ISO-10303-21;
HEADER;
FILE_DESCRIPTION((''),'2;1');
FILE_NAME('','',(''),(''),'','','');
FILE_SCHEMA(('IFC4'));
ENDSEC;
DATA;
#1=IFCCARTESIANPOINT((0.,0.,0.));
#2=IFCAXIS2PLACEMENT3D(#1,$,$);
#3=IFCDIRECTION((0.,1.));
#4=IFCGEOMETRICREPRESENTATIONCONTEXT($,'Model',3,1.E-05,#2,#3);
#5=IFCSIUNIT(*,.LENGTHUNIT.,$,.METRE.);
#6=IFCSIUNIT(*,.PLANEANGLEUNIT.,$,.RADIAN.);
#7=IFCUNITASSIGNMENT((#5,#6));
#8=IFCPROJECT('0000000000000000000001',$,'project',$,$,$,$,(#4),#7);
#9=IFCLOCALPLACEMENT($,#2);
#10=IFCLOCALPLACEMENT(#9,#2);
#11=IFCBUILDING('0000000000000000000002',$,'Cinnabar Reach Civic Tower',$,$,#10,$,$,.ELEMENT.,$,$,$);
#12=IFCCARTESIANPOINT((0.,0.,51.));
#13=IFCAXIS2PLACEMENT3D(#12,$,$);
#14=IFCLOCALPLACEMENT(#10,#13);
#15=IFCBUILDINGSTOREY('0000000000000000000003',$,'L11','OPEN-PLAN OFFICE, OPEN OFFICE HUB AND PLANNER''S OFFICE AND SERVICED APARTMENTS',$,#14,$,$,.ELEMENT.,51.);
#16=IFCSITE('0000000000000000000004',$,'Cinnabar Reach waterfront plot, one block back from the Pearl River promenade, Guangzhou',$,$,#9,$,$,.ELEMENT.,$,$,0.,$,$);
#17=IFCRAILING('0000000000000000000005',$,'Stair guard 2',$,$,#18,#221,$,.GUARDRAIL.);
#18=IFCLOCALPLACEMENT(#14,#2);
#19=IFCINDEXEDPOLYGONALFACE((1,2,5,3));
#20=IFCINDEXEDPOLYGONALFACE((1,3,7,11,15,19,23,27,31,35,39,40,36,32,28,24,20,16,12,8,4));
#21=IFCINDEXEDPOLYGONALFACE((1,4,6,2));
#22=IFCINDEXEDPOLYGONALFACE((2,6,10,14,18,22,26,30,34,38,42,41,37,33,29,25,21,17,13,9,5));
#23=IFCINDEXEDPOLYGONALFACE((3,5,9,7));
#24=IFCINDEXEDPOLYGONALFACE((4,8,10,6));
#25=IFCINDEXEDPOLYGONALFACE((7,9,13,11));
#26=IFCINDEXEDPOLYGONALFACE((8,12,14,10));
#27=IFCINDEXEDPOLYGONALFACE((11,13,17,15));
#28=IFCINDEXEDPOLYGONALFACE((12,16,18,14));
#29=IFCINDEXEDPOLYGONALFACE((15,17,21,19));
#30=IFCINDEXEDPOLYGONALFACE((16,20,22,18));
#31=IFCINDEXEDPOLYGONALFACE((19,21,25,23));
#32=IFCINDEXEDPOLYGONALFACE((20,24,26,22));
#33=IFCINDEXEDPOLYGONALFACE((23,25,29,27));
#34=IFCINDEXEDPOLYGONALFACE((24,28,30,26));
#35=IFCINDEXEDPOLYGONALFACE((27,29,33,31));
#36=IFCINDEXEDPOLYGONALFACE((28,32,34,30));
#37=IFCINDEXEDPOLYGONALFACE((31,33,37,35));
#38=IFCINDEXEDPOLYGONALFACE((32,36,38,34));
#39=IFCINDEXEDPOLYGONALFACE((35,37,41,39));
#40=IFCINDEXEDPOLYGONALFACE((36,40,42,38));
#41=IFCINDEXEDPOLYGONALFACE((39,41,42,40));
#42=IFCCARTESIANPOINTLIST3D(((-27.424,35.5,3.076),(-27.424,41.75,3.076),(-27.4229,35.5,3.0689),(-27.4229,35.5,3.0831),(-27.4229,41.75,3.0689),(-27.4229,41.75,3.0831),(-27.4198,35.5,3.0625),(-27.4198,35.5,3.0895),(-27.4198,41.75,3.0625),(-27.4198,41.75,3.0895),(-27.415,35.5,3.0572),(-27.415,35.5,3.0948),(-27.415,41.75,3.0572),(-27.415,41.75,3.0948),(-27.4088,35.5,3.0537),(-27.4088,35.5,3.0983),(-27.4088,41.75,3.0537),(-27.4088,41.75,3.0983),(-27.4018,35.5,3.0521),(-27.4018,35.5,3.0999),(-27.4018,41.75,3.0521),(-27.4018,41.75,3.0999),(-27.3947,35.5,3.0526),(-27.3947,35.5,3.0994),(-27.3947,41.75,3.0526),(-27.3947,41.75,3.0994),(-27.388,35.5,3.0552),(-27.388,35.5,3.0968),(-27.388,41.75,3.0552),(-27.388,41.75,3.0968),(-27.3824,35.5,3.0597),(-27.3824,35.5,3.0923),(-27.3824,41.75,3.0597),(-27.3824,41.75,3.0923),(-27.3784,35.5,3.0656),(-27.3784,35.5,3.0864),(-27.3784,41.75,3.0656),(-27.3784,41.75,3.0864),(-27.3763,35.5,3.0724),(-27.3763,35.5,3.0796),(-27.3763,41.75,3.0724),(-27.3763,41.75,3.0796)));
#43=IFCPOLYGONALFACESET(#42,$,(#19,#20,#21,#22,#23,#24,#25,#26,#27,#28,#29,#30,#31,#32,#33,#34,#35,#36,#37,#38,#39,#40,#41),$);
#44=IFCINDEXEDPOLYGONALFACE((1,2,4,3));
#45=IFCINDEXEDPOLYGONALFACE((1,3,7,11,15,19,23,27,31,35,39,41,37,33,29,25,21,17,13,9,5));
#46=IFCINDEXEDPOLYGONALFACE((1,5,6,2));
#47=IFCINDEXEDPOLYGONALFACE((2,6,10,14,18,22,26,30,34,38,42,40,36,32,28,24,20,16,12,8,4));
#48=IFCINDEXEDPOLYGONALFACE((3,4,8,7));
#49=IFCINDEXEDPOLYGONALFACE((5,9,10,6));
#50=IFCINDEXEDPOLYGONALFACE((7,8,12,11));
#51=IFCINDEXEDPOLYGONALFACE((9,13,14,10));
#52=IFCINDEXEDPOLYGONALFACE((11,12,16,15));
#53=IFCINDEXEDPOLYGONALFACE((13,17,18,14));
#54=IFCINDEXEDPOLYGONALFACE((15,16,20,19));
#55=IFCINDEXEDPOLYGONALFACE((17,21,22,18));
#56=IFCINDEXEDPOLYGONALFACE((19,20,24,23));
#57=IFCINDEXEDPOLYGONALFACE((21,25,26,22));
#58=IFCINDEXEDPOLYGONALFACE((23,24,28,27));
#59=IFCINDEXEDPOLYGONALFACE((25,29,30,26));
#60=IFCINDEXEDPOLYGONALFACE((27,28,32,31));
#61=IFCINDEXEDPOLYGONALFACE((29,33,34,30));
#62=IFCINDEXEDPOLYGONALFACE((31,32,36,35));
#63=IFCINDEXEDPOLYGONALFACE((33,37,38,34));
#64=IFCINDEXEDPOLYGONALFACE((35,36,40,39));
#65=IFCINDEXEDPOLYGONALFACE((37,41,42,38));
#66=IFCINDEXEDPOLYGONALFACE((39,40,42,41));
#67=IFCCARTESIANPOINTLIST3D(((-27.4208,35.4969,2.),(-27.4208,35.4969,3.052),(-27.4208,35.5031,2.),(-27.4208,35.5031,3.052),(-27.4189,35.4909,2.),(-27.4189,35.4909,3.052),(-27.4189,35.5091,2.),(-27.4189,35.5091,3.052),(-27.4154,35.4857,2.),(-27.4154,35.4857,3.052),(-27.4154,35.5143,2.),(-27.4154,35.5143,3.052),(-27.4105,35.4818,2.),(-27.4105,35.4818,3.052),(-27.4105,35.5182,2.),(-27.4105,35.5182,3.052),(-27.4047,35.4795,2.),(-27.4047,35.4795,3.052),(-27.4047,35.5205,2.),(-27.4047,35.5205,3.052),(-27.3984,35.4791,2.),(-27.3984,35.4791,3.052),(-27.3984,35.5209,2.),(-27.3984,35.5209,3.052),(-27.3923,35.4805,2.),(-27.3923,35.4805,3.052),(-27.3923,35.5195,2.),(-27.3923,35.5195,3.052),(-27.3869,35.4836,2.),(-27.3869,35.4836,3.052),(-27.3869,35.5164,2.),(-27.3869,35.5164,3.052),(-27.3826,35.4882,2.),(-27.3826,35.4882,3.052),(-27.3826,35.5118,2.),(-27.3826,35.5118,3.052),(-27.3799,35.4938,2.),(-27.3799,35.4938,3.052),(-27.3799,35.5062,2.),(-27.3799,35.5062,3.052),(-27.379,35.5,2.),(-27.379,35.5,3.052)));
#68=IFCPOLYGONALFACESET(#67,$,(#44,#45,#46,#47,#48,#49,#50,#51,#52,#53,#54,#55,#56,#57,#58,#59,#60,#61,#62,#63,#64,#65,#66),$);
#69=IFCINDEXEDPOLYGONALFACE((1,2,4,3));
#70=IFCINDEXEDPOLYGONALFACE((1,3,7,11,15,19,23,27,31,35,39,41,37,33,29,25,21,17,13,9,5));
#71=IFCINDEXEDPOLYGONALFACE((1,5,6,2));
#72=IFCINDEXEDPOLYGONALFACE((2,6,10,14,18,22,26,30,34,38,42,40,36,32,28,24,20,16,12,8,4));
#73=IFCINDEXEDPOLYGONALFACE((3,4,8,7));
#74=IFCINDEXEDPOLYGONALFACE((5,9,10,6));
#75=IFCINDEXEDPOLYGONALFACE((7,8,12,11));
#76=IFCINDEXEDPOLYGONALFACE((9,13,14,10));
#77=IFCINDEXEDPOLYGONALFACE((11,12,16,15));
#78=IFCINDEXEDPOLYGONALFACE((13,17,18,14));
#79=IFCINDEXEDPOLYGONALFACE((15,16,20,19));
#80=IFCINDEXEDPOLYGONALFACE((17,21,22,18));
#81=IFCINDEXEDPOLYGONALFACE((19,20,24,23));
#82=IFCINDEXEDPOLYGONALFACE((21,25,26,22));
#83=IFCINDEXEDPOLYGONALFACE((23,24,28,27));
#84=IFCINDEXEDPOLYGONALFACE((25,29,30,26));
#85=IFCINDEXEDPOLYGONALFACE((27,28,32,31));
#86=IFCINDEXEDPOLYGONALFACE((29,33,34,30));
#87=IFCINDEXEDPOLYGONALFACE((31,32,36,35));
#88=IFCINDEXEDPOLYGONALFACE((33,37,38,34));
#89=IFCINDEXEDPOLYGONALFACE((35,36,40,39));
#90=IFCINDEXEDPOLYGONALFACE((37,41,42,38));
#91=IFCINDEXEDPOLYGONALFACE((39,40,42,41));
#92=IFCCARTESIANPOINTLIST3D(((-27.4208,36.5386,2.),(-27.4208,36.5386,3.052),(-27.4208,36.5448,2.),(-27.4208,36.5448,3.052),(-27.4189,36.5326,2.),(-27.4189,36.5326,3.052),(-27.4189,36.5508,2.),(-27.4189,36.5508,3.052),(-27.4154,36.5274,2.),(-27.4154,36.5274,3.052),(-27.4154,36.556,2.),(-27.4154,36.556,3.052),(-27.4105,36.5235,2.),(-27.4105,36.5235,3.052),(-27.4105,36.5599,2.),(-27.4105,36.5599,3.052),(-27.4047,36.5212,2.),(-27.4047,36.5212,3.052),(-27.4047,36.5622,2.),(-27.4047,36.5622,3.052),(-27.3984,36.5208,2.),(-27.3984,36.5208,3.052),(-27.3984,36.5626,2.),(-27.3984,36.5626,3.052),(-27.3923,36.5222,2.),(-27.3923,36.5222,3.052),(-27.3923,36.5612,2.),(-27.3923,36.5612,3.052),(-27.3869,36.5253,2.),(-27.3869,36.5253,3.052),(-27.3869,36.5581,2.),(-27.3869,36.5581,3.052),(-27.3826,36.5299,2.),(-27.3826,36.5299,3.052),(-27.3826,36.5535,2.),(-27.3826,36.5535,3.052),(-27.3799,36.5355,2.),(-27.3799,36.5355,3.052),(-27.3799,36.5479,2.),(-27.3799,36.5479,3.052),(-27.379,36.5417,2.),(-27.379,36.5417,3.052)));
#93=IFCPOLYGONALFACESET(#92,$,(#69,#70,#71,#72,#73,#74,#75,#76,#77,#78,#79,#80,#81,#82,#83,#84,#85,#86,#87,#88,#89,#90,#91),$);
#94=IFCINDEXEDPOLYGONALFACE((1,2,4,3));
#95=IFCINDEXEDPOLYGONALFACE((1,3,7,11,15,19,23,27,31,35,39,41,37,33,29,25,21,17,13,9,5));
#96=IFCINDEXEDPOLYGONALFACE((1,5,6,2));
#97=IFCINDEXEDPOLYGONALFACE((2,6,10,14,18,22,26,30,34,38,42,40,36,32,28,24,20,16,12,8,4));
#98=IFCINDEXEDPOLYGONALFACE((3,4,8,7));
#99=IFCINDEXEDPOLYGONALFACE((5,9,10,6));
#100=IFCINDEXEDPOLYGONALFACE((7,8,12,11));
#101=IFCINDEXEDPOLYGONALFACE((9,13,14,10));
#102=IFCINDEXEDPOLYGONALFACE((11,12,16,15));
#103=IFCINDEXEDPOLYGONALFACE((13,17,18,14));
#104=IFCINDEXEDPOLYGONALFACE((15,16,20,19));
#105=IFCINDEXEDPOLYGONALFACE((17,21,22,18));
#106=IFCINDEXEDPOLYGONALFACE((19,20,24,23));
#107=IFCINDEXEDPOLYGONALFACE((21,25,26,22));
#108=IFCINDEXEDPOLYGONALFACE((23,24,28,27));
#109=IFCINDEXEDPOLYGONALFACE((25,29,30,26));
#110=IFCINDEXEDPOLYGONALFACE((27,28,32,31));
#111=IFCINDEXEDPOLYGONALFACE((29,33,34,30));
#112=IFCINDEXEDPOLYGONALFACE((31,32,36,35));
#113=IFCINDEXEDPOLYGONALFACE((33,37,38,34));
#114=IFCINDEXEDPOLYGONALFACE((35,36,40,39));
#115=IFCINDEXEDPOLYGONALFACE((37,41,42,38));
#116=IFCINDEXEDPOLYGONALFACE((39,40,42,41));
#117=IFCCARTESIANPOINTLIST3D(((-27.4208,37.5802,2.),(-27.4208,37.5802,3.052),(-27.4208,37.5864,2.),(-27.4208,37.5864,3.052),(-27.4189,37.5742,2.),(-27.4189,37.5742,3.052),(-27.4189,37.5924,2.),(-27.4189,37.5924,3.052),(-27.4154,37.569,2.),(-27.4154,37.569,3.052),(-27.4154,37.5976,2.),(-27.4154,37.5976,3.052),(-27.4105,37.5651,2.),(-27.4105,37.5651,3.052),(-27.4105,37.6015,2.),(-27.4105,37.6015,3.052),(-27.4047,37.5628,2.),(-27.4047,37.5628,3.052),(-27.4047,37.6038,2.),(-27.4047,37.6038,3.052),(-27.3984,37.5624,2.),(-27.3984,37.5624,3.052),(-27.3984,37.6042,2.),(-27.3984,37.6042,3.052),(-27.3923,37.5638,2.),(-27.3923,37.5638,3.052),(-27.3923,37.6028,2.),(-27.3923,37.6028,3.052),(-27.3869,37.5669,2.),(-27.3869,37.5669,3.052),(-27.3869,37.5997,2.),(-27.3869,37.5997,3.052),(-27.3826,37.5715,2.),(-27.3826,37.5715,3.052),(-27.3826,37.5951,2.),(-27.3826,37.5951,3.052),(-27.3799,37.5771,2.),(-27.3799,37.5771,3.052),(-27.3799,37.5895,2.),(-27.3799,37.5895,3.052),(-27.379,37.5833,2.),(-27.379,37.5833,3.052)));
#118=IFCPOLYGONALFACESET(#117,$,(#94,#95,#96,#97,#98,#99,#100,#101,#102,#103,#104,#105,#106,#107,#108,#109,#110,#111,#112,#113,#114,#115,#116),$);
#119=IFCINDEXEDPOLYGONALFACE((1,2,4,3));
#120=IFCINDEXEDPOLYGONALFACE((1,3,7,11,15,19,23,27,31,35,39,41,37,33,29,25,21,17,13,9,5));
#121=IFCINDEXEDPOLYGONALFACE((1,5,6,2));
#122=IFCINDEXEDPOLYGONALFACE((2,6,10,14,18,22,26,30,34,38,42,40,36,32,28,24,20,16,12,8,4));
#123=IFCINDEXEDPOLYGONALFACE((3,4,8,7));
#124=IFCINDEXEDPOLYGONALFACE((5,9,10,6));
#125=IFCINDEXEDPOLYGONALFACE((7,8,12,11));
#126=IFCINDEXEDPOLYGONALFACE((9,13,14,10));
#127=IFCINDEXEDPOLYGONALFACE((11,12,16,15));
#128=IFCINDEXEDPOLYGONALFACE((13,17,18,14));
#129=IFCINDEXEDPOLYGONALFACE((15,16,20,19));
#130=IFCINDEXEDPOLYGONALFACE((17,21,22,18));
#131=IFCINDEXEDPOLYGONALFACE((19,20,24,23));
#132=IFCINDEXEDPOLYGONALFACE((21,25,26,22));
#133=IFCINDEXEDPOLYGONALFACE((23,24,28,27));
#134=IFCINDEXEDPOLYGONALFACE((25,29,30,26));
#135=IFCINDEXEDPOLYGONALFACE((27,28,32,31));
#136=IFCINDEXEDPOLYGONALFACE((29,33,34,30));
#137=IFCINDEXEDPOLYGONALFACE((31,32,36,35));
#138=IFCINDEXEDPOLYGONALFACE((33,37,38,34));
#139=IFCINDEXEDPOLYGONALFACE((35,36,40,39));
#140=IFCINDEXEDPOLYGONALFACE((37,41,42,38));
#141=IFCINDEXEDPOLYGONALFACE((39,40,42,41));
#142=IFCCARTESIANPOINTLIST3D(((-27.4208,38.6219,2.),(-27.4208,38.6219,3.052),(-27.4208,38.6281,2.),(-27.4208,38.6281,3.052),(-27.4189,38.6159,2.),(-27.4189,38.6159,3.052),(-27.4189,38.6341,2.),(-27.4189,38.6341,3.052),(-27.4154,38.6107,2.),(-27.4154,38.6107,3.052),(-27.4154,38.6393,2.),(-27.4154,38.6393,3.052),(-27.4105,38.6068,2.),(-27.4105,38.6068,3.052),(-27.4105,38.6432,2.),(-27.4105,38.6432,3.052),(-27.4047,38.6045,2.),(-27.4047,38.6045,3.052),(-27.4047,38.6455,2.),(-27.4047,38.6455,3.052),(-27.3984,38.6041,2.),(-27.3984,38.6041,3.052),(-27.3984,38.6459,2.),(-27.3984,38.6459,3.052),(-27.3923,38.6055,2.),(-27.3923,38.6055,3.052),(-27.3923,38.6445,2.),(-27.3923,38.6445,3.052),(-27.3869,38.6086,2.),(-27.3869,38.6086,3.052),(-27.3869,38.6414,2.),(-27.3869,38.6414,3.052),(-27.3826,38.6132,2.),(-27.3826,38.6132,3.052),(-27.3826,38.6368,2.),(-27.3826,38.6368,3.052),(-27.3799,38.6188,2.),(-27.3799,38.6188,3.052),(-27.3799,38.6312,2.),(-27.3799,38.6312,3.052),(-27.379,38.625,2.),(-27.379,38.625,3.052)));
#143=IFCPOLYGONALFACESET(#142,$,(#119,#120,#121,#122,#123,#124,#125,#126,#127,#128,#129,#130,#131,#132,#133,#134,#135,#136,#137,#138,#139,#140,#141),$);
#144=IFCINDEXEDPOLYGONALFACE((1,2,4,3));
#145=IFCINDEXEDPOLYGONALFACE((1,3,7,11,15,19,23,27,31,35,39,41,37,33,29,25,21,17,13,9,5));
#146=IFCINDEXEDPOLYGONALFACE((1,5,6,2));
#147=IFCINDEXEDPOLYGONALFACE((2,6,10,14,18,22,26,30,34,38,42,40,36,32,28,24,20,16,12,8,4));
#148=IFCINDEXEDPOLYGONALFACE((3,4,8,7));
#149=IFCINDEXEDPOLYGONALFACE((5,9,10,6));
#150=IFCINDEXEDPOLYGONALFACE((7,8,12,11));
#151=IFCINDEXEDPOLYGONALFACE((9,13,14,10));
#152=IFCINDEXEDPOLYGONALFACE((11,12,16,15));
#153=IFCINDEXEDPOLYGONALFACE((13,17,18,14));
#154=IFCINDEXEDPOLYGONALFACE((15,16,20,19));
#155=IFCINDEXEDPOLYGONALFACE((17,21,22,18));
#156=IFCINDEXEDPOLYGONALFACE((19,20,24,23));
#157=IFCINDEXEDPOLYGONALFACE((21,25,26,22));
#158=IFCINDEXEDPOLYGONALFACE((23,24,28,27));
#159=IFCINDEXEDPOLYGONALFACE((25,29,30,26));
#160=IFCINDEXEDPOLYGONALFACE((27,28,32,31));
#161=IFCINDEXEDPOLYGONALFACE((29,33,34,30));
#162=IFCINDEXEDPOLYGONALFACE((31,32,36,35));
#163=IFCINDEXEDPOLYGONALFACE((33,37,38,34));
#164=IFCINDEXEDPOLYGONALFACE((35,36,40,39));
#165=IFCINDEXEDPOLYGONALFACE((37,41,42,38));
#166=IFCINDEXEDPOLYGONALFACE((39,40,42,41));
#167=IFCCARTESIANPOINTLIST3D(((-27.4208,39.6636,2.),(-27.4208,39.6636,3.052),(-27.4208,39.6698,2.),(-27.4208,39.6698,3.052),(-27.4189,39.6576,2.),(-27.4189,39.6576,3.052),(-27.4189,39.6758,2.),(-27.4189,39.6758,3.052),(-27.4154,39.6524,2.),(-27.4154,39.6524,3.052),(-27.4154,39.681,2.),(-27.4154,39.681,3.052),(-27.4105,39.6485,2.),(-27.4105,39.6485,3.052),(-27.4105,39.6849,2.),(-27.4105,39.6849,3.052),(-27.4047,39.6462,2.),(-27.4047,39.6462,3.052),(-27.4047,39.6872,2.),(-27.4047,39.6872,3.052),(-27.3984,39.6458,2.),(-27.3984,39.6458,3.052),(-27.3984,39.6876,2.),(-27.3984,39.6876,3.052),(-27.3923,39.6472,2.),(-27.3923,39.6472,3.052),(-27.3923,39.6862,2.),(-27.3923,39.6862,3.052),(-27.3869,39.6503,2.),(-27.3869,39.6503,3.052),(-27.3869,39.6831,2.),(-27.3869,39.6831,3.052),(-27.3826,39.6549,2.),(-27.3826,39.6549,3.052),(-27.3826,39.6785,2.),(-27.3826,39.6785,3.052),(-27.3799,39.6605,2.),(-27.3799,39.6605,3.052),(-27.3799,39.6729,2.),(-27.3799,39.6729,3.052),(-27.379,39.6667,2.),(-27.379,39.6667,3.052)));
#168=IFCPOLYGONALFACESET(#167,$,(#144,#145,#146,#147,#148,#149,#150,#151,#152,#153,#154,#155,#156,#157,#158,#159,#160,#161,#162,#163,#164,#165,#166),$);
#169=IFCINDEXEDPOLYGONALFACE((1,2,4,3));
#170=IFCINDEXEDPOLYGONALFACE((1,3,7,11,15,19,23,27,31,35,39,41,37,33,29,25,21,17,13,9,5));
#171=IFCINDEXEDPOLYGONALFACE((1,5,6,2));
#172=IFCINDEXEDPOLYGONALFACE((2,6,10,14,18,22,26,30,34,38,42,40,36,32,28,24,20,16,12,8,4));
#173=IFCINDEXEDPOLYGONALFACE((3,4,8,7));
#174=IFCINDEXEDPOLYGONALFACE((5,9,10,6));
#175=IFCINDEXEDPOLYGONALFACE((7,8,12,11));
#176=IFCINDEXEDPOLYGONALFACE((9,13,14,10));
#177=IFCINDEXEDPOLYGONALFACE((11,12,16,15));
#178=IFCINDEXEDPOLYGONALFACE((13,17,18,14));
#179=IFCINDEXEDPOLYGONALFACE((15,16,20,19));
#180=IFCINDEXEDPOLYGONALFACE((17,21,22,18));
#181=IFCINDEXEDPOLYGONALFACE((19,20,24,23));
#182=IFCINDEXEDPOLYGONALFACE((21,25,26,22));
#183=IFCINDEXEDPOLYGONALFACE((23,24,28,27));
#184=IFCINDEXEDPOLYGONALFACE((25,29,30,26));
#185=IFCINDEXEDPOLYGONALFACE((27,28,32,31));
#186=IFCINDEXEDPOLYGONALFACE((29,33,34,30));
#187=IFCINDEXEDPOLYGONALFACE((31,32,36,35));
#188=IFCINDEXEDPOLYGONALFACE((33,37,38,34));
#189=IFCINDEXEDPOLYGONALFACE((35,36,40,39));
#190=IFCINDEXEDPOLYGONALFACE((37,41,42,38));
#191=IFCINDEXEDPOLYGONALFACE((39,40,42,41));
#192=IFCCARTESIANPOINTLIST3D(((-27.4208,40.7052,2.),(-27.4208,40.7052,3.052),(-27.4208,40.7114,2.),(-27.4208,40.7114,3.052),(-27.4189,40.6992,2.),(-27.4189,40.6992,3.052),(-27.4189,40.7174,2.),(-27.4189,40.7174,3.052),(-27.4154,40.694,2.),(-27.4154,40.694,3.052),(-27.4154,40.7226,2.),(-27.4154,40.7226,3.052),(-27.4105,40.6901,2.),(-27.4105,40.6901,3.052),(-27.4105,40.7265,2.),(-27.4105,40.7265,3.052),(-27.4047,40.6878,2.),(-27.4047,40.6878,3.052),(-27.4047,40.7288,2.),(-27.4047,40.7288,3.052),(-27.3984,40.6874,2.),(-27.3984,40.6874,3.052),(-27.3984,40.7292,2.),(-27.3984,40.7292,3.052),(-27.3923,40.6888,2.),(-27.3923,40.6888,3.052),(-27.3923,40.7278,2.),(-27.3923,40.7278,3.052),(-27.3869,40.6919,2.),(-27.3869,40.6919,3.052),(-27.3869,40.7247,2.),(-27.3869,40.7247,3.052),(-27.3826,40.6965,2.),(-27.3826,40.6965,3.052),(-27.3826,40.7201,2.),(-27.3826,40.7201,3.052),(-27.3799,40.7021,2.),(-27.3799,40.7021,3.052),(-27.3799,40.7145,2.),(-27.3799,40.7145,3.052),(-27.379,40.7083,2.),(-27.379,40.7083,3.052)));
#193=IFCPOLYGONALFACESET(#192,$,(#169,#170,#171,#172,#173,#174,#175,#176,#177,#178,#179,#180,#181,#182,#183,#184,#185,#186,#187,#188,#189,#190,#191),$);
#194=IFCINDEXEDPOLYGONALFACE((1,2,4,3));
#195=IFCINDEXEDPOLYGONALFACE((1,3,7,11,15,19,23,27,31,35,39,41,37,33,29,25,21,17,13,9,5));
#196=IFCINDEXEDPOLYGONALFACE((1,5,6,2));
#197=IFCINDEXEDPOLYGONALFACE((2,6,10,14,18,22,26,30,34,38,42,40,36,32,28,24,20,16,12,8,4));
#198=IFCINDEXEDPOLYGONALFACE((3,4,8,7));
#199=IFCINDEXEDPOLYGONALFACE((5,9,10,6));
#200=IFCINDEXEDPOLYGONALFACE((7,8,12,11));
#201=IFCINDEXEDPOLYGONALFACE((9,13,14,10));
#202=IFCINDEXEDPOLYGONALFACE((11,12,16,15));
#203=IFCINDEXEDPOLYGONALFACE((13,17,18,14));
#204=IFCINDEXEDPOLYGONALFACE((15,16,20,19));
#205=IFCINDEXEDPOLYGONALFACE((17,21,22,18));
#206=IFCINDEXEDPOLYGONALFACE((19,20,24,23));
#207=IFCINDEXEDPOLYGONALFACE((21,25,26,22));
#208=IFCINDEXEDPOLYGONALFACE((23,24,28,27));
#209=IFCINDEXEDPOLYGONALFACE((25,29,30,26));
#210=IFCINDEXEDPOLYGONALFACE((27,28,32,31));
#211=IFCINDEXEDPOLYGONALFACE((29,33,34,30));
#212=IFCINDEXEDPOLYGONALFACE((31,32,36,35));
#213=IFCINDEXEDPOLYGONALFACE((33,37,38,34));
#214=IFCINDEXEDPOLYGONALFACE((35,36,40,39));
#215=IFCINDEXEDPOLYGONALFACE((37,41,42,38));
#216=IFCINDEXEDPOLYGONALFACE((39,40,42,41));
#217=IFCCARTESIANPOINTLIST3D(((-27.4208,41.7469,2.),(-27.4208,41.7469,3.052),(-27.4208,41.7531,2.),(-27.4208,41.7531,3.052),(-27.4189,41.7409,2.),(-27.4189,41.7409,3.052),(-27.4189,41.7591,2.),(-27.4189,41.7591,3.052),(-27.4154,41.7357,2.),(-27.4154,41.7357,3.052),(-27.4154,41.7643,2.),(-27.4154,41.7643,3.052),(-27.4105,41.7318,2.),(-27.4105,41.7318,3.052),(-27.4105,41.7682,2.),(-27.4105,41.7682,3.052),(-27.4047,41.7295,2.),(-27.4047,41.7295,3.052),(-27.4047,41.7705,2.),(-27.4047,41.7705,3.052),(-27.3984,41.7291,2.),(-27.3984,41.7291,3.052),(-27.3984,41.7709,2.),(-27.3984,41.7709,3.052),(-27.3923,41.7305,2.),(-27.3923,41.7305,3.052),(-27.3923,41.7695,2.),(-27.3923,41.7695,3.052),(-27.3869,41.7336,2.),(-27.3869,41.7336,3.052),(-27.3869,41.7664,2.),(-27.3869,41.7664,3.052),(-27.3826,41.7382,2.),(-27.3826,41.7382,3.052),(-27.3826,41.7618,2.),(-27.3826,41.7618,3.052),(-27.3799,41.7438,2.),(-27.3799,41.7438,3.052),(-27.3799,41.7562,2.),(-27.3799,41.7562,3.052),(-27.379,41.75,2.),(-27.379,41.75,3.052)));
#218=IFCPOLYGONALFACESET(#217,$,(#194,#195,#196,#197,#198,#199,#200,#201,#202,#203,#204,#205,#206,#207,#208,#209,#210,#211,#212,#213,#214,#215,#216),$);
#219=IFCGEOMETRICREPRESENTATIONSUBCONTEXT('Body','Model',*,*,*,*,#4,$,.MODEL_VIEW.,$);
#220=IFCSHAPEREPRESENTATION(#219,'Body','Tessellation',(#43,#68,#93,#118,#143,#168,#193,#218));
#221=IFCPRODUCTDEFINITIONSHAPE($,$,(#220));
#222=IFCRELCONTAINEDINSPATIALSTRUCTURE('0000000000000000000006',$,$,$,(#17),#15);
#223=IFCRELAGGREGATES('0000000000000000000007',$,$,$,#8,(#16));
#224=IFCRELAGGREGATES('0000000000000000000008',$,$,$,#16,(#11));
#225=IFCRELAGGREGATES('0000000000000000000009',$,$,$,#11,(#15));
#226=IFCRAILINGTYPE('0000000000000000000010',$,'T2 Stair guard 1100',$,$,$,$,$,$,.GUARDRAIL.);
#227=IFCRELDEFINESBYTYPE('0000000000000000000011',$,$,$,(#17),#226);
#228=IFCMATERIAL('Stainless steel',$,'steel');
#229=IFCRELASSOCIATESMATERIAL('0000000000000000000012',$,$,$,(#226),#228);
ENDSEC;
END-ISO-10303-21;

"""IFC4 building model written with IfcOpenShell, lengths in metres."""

from ifc_helpers import new_model, si_unit, direction, frame, origin, origin_2d, place, context, subcontext, project, spatial, circle, extrude, material, type_object, element, save


model = new_model("IFC4")

# Units and contexts
model_context = context("Model", 3, precision=1e-05, world=origin(), true_north=direction((0.0, 1.0)))
body_context = subcontext(model_context, "Body", "Model", "MODEL_VIEW")
ifc_project = project(units=[si_unit("LENGTHUNIT", "METRE"), si_unit("PLANEANGLEUNIT", "RADIAN")], contexts=[model_context])

# Site, building, storey
site_placement = place(None, origin())
site = spatial("IfcSite", under=ifc_project, at=site_placement, Name="Cinnabar Reach waterfront plot, one block back from the Pearl River promenade, Guangzhou", CompositionType="ELEMENT", RefElevation=0.0)
building_placement = place(site_placement, origin())
building = spatial("IfcBuilding", under=site, at=building_placement, Name="Cinnabar Reach Civic Tower", CompositionType="ELEMENT")
storey_placement = place(building_placement, frame((0.0, 0.0, 51.0)))
storey = spatial("IfcBuildingStorey", under=building, at=storey_placement, Name="L11", Description="OPEN-PLAN OFFICE, OPEN OFFICE HUB AND PLANNER'S OFFICE AND SERVICED APARTMENTS", CompositionType="ELEMENT", Elevation=51.0)

# Railing
ifc_material_1 = material(Name="Stainless steel", Category="steel")
railing_type = type_object("IfcRailingType", Name="T2 Stair guard 1100", PredefinedType="GUARDRAIL", material=ifc_material_1)
for number, where, name in (
    (1, (-27.4, 35.5, 2.0), "Stair guard 2"),
):
    element("IfcRailing", number, at=place(storey_placement, frame(where)), inside=storey, type_object=railing_type, Name=name, PredefinedType="GUARDRAIL", context=body_context, shape_type="SweptSolid", body=[
        extrude(circle(Radius=0.024, at=origin_2d()), frame((0.0, 0.0, 1.076), z_axis=(0.0, 1.0, 0.0), x_axis=(-1.0, 0.0, 0.0)), (0.0, 0.0, 1.0), 6.25),
        extrude(circle(Radius=0.021, at=origin_2d()), origin(), (0.0, 0.0, 1.0), 1.052),
        extrude(circle(Radius=0.021, at=origin_2d()), frame((0.0, 1.0417, 0.0)), (0.0, 0.0, 1.0), 1.052),
        extrude(circle(Radius=0.021, at=origin_2d()), frame((0.0, 2.0833, 0.0)), (0.0, 0.0, 1.0), 1.052),
        extrude(circle(Radius=0.021, at=origin_2d()), frame((0.0, 3.125, 0.0)), (0.0, 0.0, 1.0), 1.052),
        extrude(circle(Radius=0.021, at=origin_2d()), frame((0.0, 4.1667, 0.0)), (0.0, 0.0, 1.0), 1.052),
        extrude(circle(Radius=0.021, at=origin_2d()), frame((0.0, 5.2083, 0.0)), (0.0, 0.0, 1.0), 1.052),
        extrude(circle(Radius=0.021, at=origin_2d()), frame((0.0, 6.25, 0.0)), (0.0, 0.0, 1.0), 1.052),
    ])

save(model, "model.ifc")
